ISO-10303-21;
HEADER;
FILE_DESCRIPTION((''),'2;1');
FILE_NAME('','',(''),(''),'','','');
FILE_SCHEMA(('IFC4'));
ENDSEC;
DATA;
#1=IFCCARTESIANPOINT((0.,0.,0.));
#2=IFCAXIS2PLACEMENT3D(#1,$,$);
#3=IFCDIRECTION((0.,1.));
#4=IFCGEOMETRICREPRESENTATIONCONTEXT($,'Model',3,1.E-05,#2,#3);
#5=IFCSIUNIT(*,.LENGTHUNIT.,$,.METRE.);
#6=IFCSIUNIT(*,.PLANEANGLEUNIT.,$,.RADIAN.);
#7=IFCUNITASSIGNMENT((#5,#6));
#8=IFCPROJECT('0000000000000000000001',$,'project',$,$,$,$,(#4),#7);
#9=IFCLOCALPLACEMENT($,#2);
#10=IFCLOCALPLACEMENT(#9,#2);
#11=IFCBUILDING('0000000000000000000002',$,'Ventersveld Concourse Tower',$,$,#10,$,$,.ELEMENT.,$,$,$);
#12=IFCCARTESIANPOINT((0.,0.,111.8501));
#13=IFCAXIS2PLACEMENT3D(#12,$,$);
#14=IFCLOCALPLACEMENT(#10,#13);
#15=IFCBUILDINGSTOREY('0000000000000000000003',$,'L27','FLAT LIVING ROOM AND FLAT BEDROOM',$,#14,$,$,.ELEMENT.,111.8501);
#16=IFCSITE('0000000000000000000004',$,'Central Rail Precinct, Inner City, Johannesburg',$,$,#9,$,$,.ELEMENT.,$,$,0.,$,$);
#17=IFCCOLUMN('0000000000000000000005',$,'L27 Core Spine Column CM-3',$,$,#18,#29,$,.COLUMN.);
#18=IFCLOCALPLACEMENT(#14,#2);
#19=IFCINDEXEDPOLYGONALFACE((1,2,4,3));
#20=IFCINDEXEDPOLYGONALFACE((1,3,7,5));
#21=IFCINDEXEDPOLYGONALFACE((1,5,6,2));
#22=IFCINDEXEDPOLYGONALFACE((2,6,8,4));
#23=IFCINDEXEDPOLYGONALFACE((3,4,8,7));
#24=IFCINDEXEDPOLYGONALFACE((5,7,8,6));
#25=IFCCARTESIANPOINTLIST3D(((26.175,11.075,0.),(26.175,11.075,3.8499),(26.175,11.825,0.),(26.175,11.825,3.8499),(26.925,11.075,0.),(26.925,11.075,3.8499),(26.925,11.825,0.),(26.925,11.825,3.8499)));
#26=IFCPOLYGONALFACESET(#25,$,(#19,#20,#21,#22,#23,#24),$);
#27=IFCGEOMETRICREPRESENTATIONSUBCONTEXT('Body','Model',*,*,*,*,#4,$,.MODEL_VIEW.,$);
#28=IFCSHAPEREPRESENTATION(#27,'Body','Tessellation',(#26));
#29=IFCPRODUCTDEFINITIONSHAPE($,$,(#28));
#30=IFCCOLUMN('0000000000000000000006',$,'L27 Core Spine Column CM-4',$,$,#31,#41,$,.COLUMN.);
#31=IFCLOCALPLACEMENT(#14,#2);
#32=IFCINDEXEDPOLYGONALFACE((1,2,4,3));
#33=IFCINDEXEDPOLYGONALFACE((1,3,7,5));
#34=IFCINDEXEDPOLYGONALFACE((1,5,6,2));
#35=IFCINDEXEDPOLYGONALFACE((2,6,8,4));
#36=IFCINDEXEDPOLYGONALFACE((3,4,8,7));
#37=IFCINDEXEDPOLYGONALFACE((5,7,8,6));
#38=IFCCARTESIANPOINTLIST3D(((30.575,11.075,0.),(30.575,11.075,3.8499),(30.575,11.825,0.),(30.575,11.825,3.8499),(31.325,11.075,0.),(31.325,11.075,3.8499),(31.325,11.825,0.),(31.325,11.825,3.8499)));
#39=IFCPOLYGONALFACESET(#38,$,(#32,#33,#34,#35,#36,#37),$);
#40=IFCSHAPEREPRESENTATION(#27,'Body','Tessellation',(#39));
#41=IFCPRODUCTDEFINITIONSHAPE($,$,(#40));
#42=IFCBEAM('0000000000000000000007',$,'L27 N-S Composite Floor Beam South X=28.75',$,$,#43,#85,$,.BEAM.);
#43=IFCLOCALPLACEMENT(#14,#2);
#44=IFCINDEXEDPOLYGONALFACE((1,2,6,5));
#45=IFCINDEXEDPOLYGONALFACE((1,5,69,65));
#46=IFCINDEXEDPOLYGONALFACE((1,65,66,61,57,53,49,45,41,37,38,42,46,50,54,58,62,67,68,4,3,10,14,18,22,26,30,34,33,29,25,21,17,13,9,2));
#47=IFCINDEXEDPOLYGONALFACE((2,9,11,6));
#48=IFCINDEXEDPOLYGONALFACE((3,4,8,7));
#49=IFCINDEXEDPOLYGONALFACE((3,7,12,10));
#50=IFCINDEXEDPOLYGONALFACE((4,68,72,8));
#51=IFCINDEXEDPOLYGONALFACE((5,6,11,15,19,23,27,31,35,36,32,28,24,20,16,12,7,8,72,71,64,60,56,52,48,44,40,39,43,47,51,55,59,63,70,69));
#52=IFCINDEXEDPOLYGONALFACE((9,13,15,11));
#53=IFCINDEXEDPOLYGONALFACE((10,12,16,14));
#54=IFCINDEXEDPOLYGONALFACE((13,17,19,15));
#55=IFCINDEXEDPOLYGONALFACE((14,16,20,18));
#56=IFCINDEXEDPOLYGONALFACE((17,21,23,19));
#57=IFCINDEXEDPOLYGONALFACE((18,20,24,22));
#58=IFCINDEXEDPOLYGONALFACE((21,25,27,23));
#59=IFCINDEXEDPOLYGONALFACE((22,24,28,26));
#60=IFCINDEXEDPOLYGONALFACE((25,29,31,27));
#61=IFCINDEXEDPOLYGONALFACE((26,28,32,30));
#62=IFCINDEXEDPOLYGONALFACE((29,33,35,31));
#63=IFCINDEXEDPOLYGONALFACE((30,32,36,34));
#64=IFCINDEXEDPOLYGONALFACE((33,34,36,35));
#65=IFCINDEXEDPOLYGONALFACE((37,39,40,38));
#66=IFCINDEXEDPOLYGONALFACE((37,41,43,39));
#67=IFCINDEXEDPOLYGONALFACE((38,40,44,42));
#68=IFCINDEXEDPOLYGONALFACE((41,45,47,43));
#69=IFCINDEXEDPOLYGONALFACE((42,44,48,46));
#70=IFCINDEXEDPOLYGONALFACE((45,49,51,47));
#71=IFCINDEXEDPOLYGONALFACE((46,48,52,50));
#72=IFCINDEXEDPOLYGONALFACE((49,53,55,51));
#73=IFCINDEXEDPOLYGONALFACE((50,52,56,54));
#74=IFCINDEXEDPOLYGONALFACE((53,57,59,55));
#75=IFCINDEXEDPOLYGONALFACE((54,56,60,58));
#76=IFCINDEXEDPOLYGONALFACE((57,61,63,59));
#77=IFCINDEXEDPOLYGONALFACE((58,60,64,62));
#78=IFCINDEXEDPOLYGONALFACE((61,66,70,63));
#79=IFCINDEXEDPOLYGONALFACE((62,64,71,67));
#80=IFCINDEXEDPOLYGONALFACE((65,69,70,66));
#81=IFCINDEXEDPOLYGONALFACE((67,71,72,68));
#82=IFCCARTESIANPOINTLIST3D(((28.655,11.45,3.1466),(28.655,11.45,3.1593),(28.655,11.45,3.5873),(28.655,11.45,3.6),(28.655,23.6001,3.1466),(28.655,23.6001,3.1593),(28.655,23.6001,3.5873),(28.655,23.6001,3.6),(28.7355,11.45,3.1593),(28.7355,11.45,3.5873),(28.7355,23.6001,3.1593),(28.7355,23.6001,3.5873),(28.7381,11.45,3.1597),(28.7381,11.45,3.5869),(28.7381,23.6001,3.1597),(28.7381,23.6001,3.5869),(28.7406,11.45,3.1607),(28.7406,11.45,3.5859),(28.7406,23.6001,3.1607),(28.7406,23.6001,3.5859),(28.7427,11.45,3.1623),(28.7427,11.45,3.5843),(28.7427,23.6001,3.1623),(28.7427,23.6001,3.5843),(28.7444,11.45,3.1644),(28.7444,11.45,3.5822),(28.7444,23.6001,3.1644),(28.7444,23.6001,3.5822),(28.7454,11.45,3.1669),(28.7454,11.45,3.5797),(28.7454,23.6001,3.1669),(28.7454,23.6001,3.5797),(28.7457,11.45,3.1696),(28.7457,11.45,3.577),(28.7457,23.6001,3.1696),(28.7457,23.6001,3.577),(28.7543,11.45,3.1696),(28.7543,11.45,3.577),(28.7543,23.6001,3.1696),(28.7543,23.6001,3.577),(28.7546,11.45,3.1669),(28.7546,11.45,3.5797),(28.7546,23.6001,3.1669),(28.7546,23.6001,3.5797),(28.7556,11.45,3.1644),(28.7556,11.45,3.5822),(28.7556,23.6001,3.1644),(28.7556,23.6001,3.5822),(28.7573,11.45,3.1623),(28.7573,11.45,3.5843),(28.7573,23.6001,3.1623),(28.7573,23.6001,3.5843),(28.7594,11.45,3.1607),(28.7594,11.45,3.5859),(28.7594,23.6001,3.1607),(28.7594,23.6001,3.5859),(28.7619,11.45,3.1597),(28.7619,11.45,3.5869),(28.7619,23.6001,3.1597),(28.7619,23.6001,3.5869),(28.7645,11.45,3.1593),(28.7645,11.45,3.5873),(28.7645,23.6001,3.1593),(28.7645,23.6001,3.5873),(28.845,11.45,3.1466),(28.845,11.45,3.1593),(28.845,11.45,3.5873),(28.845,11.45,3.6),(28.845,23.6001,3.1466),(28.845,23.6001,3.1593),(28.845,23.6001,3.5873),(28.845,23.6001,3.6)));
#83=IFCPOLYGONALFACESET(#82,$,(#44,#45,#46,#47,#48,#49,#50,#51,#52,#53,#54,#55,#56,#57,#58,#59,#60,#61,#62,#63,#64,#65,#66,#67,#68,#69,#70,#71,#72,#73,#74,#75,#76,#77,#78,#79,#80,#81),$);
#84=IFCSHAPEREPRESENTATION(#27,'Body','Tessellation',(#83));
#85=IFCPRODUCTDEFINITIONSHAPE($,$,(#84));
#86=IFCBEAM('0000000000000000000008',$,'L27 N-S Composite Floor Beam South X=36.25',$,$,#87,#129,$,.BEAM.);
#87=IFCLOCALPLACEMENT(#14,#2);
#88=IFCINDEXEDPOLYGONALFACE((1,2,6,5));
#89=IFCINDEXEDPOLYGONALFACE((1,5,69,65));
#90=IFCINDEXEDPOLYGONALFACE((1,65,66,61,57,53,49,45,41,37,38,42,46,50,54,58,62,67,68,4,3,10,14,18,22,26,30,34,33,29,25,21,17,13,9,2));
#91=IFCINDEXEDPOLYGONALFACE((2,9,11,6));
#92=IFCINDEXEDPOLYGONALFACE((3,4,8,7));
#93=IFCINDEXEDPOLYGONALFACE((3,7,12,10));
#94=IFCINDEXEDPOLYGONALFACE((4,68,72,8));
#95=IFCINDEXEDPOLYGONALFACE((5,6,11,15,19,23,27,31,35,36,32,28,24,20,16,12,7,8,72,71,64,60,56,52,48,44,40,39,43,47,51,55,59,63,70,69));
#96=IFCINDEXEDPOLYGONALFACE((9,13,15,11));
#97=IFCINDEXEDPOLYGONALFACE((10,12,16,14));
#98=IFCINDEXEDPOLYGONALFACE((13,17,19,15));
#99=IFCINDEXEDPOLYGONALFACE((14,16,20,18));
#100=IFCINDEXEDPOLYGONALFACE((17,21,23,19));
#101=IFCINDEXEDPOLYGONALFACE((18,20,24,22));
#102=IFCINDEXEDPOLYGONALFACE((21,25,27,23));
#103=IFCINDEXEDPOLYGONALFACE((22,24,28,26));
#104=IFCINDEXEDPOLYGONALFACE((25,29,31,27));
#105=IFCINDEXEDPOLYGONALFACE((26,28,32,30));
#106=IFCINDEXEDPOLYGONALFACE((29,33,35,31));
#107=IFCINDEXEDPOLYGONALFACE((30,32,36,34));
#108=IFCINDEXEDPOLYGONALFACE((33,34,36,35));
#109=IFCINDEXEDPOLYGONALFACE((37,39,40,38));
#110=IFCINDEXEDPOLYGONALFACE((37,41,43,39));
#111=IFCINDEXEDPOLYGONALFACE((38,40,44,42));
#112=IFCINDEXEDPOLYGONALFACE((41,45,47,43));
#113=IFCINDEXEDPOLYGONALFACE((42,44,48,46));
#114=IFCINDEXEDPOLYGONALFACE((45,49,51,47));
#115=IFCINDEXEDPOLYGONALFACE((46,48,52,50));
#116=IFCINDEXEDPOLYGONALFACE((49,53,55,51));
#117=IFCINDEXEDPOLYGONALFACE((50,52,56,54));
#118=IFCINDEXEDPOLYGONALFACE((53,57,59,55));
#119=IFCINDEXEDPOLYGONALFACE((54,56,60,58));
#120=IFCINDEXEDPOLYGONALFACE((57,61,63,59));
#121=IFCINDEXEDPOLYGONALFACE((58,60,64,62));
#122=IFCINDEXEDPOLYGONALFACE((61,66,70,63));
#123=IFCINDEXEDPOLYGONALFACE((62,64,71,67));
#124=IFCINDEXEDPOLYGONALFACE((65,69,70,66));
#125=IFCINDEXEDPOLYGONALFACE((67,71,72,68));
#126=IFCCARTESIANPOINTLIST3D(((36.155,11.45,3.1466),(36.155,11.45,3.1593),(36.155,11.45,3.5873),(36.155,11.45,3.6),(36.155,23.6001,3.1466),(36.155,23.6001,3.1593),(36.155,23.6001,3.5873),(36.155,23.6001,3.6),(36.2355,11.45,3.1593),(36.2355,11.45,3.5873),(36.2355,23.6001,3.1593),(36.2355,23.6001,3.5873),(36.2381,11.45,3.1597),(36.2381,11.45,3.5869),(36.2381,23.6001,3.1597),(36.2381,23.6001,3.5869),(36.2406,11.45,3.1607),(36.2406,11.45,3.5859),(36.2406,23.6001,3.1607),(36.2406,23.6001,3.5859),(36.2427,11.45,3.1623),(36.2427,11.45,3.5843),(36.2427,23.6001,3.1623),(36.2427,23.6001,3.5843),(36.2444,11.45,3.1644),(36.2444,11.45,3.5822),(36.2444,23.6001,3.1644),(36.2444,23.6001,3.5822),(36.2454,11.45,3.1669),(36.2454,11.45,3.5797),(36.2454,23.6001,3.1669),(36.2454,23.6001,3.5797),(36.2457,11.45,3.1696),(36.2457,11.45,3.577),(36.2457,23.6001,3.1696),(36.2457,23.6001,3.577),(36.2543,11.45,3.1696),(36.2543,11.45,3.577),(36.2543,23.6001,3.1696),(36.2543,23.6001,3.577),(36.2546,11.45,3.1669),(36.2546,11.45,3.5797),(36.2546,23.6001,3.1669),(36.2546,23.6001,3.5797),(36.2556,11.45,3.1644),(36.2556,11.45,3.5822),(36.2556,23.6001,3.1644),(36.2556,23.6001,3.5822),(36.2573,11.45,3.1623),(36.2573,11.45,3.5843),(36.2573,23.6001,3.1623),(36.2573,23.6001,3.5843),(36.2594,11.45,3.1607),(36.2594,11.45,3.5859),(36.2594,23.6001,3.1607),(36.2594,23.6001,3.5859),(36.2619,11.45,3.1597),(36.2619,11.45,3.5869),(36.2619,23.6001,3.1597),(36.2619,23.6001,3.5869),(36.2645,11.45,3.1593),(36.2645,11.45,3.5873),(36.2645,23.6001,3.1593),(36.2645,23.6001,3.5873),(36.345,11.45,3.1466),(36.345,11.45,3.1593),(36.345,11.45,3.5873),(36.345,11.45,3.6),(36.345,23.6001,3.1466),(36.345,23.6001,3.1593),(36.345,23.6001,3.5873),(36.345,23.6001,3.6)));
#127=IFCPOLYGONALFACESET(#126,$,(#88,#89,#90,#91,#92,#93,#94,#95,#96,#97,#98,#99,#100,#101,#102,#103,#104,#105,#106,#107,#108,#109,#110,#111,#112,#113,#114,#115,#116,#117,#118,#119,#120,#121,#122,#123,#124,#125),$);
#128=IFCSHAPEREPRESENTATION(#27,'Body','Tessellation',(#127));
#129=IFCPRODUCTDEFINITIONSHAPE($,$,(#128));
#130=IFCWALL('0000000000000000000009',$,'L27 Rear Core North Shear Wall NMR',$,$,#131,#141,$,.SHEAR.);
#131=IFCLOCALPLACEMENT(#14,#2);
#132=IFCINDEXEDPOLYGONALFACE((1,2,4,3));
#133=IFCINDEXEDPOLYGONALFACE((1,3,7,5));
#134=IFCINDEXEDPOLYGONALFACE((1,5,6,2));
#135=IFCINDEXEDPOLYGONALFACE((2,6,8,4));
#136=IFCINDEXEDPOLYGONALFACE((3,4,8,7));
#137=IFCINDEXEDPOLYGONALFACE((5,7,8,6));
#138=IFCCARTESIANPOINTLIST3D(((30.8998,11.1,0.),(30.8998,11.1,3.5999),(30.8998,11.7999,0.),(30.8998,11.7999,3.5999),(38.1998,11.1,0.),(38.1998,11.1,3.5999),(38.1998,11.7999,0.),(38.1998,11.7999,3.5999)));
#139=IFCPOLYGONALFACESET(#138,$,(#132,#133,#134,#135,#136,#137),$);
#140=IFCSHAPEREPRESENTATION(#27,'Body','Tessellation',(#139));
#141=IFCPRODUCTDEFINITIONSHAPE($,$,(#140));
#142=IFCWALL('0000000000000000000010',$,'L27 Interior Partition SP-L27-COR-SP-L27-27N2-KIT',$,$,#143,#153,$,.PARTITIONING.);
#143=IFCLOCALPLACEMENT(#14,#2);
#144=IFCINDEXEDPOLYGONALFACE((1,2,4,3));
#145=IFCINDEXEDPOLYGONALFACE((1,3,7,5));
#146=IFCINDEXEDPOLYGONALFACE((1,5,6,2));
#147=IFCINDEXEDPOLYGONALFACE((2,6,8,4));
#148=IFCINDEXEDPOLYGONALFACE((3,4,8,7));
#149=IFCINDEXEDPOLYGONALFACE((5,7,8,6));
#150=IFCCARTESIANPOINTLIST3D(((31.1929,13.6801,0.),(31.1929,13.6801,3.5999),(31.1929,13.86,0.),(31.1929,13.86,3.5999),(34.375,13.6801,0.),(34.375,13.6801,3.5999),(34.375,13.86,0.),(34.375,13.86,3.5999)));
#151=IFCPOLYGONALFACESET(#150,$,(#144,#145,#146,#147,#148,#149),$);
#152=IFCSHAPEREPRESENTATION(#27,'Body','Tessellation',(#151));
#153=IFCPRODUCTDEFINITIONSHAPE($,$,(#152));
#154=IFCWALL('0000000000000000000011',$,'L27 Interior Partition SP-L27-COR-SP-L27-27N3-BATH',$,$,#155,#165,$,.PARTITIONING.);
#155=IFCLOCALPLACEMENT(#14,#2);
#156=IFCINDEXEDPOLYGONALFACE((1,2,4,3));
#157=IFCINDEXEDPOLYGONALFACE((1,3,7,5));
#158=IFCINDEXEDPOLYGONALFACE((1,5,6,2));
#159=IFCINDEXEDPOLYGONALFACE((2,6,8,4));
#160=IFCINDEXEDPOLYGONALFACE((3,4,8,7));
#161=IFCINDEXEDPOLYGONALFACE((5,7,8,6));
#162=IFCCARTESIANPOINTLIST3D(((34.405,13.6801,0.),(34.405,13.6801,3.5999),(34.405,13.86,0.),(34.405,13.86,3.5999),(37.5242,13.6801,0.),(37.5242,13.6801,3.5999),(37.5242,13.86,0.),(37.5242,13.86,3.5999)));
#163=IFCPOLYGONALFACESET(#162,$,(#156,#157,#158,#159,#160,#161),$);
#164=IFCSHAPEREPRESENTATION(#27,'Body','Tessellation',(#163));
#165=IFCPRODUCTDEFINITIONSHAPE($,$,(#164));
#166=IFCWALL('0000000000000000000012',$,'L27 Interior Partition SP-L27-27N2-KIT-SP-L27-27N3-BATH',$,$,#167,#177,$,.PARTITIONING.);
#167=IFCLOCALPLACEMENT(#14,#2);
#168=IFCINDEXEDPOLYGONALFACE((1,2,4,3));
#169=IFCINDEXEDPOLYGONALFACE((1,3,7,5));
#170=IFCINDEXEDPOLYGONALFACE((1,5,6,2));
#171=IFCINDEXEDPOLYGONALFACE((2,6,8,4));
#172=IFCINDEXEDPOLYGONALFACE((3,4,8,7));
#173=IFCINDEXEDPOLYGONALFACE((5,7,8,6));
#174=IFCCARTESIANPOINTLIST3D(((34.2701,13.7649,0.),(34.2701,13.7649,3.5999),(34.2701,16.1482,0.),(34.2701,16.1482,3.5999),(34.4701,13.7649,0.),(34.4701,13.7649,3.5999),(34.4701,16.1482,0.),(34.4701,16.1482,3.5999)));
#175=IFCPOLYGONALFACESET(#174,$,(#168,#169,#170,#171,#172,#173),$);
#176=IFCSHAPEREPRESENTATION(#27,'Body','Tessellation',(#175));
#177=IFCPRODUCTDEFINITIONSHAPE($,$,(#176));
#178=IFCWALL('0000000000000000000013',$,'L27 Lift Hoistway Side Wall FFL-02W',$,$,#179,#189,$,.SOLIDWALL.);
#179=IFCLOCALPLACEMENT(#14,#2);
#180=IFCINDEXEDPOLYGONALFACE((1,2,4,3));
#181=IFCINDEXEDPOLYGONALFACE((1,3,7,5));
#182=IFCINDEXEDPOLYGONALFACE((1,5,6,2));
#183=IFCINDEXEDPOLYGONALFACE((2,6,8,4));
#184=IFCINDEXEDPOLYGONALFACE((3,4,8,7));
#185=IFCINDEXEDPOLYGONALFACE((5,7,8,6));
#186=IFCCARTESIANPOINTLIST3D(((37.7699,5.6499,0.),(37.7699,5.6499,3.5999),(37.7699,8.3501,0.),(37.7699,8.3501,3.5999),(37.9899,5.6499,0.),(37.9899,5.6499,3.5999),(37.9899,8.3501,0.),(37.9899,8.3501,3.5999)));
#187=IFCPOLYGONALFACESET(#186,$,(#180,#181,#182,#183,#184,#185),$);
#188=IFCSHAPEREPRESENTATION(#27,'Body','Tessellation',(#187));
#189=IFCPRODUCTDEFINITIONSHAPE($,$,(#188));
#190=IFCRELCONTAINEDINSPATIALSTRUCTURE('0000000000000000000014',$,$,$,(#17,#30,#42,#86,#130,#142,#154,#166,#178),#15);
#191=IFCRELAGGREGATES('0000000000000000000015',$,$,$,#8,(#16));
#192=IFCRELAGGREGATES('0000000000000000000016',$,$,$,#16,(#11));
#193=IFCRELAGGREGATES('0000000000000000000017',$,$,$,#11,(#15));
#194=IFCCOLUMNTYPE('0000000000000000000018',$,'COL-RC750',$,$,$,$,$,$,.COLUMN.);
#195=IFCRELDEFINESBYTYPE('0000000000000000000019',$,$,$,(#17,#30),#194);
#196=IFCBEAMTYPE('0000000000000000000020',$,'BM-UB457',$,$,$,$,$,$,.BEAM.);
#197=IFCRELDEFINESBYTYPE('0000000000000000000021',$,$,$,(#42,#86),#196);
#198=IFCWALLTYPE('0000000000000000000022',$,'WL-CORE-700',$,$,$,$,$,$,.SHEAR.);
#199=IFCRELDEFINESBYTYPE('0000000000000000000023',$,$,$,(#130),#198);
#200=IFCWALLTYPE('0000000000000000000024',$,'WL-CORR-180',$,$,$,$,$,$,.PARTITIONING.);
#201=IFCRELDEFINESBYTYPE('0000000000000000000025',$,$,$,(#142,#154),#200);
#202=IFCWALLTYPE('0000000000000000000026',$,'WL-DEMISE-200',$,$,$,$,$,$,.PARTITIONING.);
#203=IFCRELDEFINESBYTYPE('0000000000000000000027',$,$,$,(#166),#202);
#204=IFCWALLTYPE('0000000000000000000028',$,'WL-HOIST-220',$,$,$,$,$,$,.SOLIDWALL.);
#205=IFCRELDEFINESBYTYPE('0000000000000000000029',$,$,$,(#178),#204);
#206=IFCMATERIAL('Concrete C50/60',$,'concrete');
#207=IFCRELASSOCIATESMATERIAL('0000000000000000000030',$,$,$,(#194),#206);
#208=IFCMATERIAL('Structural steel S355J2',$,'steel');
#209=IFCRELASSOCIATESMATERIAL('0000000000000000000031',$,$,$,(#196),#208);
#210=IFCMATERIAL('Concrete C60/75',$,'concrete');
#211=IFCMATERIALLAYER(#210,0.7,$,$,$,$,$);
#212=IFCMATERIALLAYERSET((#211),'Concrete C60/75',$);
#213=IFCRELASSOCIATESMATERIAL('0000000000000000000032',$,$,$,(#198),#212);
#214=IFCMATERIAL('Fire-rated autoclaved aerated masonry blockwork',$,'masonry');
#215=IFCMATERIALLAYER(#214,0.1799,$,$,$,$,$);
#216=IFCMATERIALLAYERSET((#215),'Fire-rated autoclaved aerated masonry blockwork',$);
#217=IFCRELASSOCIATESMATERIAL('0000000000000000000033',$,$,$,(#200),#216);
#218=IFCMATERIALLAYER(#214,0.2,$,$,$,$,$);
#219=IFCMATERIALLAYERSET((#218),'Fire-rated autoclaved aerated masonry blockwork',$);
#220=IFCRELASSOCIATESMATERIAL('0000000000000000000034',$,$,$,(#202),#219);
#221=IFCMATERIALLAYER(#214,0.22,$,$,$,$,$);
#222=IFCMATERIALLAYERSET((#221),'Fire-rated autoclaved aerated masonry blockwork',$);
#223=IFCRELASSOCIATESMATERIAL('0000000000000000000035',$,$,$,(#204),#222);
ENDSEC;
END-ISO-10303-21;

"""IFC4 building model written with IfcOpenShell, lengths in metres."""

from ifc_helpers import new_model, si_unit, direction, frame, frame_2d, origin, origin_2d, place, context, subcontext, project, spatial, rectangle, i_section, extrude, material, layer, layer_set, material_profile, profile_set, type_object, element, save


model = new_model("IFC4")

# Units and contexts
model_context = context("Model", 3, precision=1e-05, world=origin(), true_north=direction((0.0, 1.0)))
body_context = subcontext(model_context, "Body", "Model", "MODEL_VIEW")
ifc_project = project(units=[si_unit("LENGTHUNIT", "METRE"), si_unit("PLANEANGLEUNIT", "RADIAN")], contexts=[model_context])

# Site, building, storey
site_placement = place(None, origin())
site = spatial("IfcSite", under=ifc_project, at=site_placement, Name="Central Rail Precinct, Inner City, Johannesburg", CompositionType="ELEMENT", RefElevation=0.0)
building_placement = place(site_placement, origin())
building = spatial("IfcBuilding", under=site, at=building_placement, Name="Ventersveld Concourse Tower", CompositionType="ELEMENT")
storey_placement = place(building_placement, frame((0.0, 0.0, 111.8501)))
storey = spatial("IfcBuildingStorey", under=building, at=storey_placement, Name="L27", Description="FLAT LIVING ROOM AND FLAT BEDROOM", CompositionType="ELEMENT", Elevation=111.8501)

# Columns
ifc_material_1 = material(Name="Concrete C50/60", Category="concrete")
ifc_material_profile_1 = material_profile(ifc_material_1, rectangle(XDim=0.75, YDim=0.75, at=origin_2d()), Name="RC 750x750")
ifc_profile_set_1 = profile_set([ifc_material_profile_1], Name="Concrete C50/60")
column_type = type_object("IfcColumnType", Name="COL-RC750", PredefinedType="COLUMN", material=ifc_profile_set_1)
for number, where, z_axis, x_axis, name in (
    (1, (26.55, 11.45, 0.0), (0.0, 0.0, 1.0), (1.0, 0.0, 0.0), "L27 Core Spine Column CM-3"),
    (2, (30.95, 11.45, 0.0), (0.0, 0.0, 1.0), (1.0, 0.0, 0.0), "L27 Core Spine Column CM-4"),
):
    element("IfcColumn", number, at=place(storey_placement, frame(where, z_axis=z_axis, x_axis=x_axis)), inside=storey, type_object=column_type, Name=name, PredefinedType="COLUMN", context=body_context, shape_type="SweptSolid", body=[
        extrude(rectangle(XDim=0.75, YDim=0.75, at=origin_2d()), origin(), (0.0, 0.0, 1.0), 3.8499),
    ])

# Beams
ifc_material_2 = material(Name="Structural steel S355J2", Category="steel")
ifc_material_profile_2 = material_profile(ifc_material_2, i_section(OverallWidth=0.1899, OverallDepth=0.4534, WebThickness=0.0085, FlangeThickness=0.0127, FilletRadius=0.0103, at=origin_2d()), Name="UB 457x191x67")
ifc_profile_set_2 = profile_set([ifc_material_profile_2], Name="Structural steel S355J2")
beam_type = type_object("IfcBeamType", Name="BM-UB457", PredefinedType="BEAM", material=ifc_profile_set_2)
for number, where, z_axis, x_axis, name in (
    (3, (28.75, 11.45, 3.3733), (0.0, 1.0, 0.0), (-1.0, 0.0, 0.0), "L27 N-S Composite Floor Beam South X=28.75"),
    (4, (36.25, 11.45, 3.3733), (0.0, 1.0, 0.0), (-1.0, 0.0, 0.0), "L27 N-S Composite Floor Beam South X=36.25"),
):
    element("IfcBeam", number, at=place(storey_placement, frame(where, z_axis=z_axis, x_axis=x_axis)), inside=storey, type_object=beam_type, Name=name, PredefinedType="BEAM", context=body_context, shape_type="SweptSolid", body=[
        extrude(i_section(OverallWidth=0.1899, OverallDepth=0.4534, WebThickness=0.0085, FlangeThickness=0.0127, FilletRadius=0.0103, at=origin_2d()), origin(), (0.0, 0.0, 1.0), 12.1501),
    ])

# Walls
ifc_material_3 = material(Name="Concrete C60/75", Category="concrete")
ifc_layer_1 = layer(ifc_material_3, 0.7)
ifc_layer_set_1 = layer_set([ifc_layer_1], Name="Concrete C60/75")
wall_type_1 = type_object("IfcWallType", Name="WL-CORE-700", PredefinedType="SHEAR", material=ifc_layer_set_1)
wall_1_placement = place(storey_placement, frame((30.8999, 11.45, 0.0), z_axis=(0.0, 0.0, 1.0), x_axis=(1.0, 0.0, 0.0)))
element("IfcWall", 5, at=wall_1_placement, inside=storey, type_object=wall_type_1, Name="L27 Rear Core North Shear Wall NMR", PredefinedType="SHEAR", context=body_context, shape_type="SweptSolid", body=[
    extrude(rectangle(XDim=7.3, YDim=0.7, at=frame_2d((3.6499, 0.0))), origin(), (0.0, 0.0, 1.0), 3.5999),
])
ifc_material_4 = material(Name="Fire-rated autoclaved aerated masonry blockwork", Category="masonry")
ifc_layer_2 = layer(ifc_material_4, 0.1799)
ifc_layer_set_2 = layer_set([ifc_layer_2], Name="Fire-rated autoclaved aerated masonry blockwork")
wall_type_2 = type_object("IfcWallType", Name="WL-CORR-180", PredefinedType="PARTITIONING", material=ifc_layer_set_2)
wall_2_placement = place(storey_placement, frame((31.1929, 13.77, 0.0), z_axis=(0.0, 0.0, 1.0), x_axis=(1.0, 0.0, 0.0)))
element("IfcWall", 6, at=wall_2_placement, inside=storey, type_object=wall_type_2, Name="L27 Interior Partition SP-L27-COR-SP-L27-27N2-KIT", PredefinedType="PARTITIONING", context=body_context, shape_type="SweptSolid", body=[
    extrude(rectangle(XDim=3.1821, YDim=0.1799, at=frame_2d((1.5911, 0.0))), origin(), (0.0, 0.0, 1.0), 3.5999),
])

# Walls
wall_3_placement = place(storey_placement, frame((34.405, 13.77, 0.0), z_axis=(0.0, 0.0, 1.0), x_axis=(1.0, 0.0, 0.0)))
element("IfcWall", 7, at=wall_3_placement, inside=storey, type_object=wall_type_2, Name="L27 Interior Partition SP-L27-COR-SP-L27-27N3-BATH", PredefinedType="PARTITIONING", context=body_context, shape_type="SweptSolid", body=[
    extrude(rectangle(XDim=3.1191, YDim=0.1799, at=frame_2d((1.5596, 0.0))), origin(), (0.0, 0.0, 1.0), 3.5999),
])
ifc_layer_3 = layer(ifc_material_4, 0.2)
ifc_layer_set_3 = layer_set([ifc_layer_3], Name="Fire-rated autoclaved aerated masonry blockwork")
wall_type_3 = type_object("IfcWallType", Name="WL-DEMISE-200", PredefinedType="PARTITIONING", material=ifc_layer_set_3)
wall_4_placement = place(storey_placement, frame((34.3701, 13.7649, 0.0), z_axis=(0.0, 0.0, 1.0), x_axis=(0.0, 1.0, 0.0)))
element("IfcWall", 8, at=wall_4_placement, inside=storey, type_object=wall_type_3, Name="L27 Interior Partition SP-L27-27N2-KIT-SP-L27-27N3-BATH", PredefinedType="PARTITIONING", context=body_context, shape_type="SweptSolid", body=[
    extrude(rectangle(XDim=2.3833, YDim=0.2, at=frame_2d((1.1917, 0.0))), origin(), (0.0, 0.0, 1.0), 3.5999),
])
ifc_layer_4 = layer(ifc_material_4, 0.22)
ifc_layer_set_4 = layer_set([ifc_layer_4], Name="Fire-rated autoclaved aerated masonry blockwork")
wall_type_4 = type_object("IfcWallType", Name="WL-HOIST-220", PredefinedType="SOLIDWALL", material=ifc_layer_set_4)
for number, where, z_axis, x_axis, name in (
    (9, (37.8799, 5.6499, 0.0), (0.0, 0.0, 1.0), (0.0, 1.0, 0.0), "L27 Lift Hoistway Side Wall FFL-02W"),
):
    element("IfcWall", number, at=place(storey_placement, frame(where, z_axis=z_axis, x_axis=x_axis)), inside=storey, type_object=wall_type_4, Name=name, PredefinedType="SOLIDWALL", context=body_context, shape_type="SweptSolid", body=[
        extrude(rectangle(XDim=2.7002, YDim=0.22, at=frame_2d((1.3501, 0.0))), origin(), (0.0, 0.0, 1.0), 3.5999),
    ])

save(model, "model.ifc")
